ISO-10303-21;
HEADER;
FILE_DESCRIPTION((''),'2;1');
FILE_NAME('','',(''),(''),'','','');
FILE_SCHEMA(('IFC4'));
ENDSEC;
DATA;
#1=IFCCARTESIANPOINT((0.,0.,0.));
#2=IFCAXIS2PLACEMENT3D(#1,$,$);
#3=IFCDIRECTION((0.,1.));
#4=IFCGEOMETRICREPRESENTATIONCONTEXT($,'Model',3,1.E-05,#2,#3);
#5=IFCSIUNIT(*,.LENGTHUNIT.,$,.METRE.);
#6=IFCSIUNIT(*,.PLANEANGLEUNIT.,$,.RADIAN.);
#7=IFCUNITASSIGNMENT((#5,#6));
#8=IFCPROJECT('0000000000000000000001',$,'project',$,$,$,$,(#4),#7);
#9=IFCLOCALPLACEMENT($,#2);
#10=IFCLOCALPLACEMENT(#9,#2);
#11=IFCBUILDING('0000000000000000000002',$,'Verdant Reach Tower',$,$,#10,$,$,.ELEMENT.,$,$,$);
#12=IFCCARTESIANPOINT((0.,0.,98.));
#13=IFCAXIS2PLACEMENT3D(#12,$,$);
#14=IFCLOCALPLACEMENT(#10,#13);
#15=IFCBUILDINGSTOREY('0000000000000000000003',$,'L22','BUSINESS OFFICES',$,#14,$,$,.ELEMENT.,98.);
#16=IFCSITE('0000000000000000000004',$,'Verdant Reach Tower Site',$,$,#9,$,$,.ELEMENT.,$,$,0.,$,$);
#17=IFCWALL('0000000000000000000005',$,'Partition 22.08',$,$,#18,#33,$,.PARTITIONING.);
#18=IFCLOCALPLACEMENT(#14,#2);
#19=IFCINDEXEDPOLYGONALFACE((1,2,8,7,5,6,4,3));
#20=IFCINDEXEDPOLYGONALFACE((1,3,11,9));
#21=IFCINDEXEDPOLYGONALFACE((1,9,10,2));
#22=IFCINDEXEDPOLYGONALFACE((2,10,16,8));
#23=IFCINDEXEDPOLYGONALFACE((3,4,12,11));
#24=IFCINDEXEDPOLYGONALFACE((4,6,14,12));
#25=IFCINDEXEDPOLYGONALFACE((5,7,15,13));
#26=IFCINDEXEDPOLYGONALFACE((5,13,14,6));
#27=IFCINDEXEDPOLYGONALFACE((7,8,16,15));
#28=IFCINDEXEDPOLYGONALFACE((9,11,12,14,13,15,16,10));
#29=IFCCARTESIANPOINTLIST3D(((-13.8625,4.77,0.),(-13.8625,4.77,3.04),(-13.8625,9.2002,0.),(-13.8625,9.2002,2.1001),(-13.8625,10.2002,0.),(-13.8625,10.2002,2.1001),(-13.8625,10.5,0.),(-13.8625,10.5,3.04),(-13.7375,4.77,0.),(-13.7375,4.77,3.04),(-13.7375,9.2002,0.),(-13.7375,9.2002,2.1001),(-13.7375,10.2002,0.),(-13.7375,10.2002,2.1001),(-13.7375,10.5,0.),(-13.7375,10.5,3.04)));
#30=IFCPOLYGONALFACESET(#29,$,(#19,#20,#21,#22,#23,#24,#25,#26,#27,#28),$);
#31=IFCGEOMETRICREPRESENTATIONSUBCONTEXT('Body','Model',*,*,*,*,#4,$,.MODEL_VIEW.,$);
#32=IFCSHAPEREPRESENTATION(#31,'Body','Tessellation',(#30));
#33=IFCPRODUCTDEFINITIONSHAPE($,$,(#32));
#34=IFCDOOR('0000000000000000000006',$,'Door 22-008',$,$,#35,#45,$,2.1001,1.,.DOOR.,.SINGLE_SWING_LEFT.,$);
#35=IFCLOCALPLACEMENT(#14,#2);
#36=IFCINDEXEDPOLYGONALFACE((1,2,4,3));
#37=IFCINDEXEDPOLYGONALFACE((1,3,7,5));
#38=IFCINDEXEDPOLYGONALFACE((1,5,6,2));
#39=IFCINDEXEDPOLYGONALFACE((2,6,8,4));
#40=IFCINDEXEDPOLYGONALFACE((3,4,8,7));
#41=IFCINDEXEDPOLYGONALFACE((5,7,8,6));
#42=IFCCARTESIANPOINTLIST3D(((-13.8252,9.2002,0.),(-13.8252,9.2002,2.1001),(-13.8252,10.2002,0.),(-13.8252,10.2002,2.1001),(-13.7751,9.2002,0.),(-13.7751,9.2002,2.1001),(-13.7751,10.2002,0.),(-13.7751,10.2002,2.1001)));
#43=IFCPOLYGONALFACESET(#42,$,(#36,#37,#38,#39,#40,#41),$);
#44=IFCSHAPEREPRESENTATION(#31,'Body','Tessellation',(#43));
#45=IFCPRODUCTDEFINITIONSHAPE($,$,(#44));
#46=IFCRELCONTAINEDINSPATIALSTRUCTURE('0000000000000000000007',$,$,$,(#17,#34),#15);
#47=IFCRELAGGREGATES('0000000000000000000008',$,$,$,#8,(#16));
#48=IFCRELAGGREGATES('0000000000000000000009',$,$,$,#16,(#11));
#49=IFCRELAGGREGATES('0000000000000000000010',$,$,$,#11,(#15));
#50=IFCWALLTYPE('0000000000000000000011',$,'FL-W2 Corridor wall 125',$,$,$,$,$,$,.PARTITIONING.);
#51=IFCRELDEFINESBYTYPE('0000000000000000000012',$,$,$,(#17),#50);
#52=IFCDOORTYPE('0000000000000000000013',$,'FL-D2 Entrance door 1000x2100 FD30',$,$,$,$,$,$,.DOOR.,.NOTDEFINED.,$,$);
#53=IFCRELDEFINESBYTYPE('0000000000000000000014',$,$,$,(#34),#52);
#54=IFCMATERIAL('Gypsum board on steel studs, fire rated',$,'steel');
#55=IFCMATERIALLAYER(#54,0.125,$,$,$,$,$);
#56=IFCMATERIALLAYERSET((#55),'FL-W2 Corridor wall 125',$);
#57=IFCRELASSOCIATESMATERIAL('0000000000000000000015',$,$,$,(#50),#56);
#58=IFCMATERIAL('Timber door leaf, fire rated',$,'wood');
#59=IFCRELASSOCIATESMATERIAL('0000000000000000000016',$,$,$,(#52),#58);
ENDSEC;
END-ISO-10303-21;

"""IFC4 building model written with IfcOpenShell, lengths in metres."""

from ifc_helpers import new_model, si_unit, direction, frame, frame_2d, origin, place, context, subcontext, project, spatial, rectangle, extrude, material, layer, layer_set, type_object, element, fill, save


model = new_model("IFC4")

# Units and contexts
model_context = context("Model", 3, precision=1e-05, world=origin(), true_north=direction((0.0, 1.0)))
body_context = subcontext(model_context, "Body", "Model", "MODEL_VIEW")
ifc_project = project(units=[si_unit("LENGTHUNIT", "METRE"), si_unit("PLANEANGLEUNIT", "RADIAN")], contexts=[model_context])

# Site, building, storey
site_placement = place(None, origin())
site = spatial("IfcSite", under=ifc_project, at=site_placement, Name="Verdant Reach Tower Site", CompositionType="ELEMENT", RefElevation=0.0)
building_placement = place(site_placement, origin())
building = spatial("IfcBuilding", under=site, at=building_placement, Name="Verdant Reach Tower", CompositionType="ELEMENT")
storey_placement = place(building_placement, frame((0.0, 0.0, 98.0)))
storey = spatial("IfcBuildingStorey", under=building, at=storey_placement, Name="L22", Description="BUSINESS OFFICES", CompositionType="ELEMENT", Elevation=98.0)

# Wall, opening, door
ifc_material_1 = material(Name="Gypsum board on steel studs, fire rated", Category="steel")
ifc_layer_1 = layer(ifc_material_1, 0.125)
ifc_layer_set_1 = layer_set([ifc_layer_1], Name="FL-W2 Corridor wall 125")
wall_type_1 = type_object("IfcWallType", Name="FL-W2 Corridor wall 125", PredefinedType="PARTITIONING", material=ifc_layer_set_1)
ifc_material_2 = material(Name="Timber door leaf, fire rated", Category="wood")
door_type_1 = type_object("IfcDoorType", Name="FL-D2 Entrance door 1000x2100 FD30", OperationType="NOTDEFINED", PredefinedType="DOOR", material=ifc_material_2)
wall_1_placement = place(storey_placement, frame((-13.8, 10.5, 0.0), z_axis=(0.0, 0.0, 1.0), x_axis=(0.0, -1.0, 0.0)))
wall_1 = element("IfcWall", 1, at=wall_1_placement, inside=storey, type_object=wall_type_1, Name="Partition 22.08", PredefinedType="PARTITIONING", context=body_context, shape_type="SweptSolid", body=[
    extrude(rectangle(XDim=5.73, YDim=0.125, at=frame_2d((2.865, 0.0))), origin(), (0.0, 0.0, 1.0), 3.04),
])
opening_1_placement = place(wall_1_placement, frame((0.2998, 0.0, 0.0)))
opening_1 = element("IfcOpeningElement", 2, at=opening_1_placement, cuts=wall_1, PredefinedType="OPENING", context=body_context, shape_type="SweptSolid", body=[
    extrude(rectangle(XDim=1.0, YDim=2.1001, at=frame_2d((0.5, 1.05))), frame((0.0, 0.0725, 0.0), z_axis=(0.0, -1.0, 0.0), x_axis=(1.0, 0.0, 0.0)), (0.0, 0.0, 1.0), 0.145),
])
door_1_placement = place(opening_1_placement, origin())
door_1 = element("IfcDoor", 3, at=door_1_placement, inside=storey, type_object=door_type_1, Name="Door 22-008", OperationType="SINGLE_SWING_LEFT", OverallHeight=2.1001, OverallWidth=1.0, PredefinedType="DOOR", context=body_context, shape_type="SweptSolid", body=[
    extrude(rectangle(XDim=1.0, YDim=2.1001, at=frame_2d((0.5, 1.05))), frame((0.0, 0.0249, 0.0), z_axis=(0.0, -1.0, 0.0), x_axis=(1.0, 0.0, 0.0)), (0.0, 0.0, 1.0), 0.05),
])
fill(opening_1, door_1)

save(model, "model.ifc")
